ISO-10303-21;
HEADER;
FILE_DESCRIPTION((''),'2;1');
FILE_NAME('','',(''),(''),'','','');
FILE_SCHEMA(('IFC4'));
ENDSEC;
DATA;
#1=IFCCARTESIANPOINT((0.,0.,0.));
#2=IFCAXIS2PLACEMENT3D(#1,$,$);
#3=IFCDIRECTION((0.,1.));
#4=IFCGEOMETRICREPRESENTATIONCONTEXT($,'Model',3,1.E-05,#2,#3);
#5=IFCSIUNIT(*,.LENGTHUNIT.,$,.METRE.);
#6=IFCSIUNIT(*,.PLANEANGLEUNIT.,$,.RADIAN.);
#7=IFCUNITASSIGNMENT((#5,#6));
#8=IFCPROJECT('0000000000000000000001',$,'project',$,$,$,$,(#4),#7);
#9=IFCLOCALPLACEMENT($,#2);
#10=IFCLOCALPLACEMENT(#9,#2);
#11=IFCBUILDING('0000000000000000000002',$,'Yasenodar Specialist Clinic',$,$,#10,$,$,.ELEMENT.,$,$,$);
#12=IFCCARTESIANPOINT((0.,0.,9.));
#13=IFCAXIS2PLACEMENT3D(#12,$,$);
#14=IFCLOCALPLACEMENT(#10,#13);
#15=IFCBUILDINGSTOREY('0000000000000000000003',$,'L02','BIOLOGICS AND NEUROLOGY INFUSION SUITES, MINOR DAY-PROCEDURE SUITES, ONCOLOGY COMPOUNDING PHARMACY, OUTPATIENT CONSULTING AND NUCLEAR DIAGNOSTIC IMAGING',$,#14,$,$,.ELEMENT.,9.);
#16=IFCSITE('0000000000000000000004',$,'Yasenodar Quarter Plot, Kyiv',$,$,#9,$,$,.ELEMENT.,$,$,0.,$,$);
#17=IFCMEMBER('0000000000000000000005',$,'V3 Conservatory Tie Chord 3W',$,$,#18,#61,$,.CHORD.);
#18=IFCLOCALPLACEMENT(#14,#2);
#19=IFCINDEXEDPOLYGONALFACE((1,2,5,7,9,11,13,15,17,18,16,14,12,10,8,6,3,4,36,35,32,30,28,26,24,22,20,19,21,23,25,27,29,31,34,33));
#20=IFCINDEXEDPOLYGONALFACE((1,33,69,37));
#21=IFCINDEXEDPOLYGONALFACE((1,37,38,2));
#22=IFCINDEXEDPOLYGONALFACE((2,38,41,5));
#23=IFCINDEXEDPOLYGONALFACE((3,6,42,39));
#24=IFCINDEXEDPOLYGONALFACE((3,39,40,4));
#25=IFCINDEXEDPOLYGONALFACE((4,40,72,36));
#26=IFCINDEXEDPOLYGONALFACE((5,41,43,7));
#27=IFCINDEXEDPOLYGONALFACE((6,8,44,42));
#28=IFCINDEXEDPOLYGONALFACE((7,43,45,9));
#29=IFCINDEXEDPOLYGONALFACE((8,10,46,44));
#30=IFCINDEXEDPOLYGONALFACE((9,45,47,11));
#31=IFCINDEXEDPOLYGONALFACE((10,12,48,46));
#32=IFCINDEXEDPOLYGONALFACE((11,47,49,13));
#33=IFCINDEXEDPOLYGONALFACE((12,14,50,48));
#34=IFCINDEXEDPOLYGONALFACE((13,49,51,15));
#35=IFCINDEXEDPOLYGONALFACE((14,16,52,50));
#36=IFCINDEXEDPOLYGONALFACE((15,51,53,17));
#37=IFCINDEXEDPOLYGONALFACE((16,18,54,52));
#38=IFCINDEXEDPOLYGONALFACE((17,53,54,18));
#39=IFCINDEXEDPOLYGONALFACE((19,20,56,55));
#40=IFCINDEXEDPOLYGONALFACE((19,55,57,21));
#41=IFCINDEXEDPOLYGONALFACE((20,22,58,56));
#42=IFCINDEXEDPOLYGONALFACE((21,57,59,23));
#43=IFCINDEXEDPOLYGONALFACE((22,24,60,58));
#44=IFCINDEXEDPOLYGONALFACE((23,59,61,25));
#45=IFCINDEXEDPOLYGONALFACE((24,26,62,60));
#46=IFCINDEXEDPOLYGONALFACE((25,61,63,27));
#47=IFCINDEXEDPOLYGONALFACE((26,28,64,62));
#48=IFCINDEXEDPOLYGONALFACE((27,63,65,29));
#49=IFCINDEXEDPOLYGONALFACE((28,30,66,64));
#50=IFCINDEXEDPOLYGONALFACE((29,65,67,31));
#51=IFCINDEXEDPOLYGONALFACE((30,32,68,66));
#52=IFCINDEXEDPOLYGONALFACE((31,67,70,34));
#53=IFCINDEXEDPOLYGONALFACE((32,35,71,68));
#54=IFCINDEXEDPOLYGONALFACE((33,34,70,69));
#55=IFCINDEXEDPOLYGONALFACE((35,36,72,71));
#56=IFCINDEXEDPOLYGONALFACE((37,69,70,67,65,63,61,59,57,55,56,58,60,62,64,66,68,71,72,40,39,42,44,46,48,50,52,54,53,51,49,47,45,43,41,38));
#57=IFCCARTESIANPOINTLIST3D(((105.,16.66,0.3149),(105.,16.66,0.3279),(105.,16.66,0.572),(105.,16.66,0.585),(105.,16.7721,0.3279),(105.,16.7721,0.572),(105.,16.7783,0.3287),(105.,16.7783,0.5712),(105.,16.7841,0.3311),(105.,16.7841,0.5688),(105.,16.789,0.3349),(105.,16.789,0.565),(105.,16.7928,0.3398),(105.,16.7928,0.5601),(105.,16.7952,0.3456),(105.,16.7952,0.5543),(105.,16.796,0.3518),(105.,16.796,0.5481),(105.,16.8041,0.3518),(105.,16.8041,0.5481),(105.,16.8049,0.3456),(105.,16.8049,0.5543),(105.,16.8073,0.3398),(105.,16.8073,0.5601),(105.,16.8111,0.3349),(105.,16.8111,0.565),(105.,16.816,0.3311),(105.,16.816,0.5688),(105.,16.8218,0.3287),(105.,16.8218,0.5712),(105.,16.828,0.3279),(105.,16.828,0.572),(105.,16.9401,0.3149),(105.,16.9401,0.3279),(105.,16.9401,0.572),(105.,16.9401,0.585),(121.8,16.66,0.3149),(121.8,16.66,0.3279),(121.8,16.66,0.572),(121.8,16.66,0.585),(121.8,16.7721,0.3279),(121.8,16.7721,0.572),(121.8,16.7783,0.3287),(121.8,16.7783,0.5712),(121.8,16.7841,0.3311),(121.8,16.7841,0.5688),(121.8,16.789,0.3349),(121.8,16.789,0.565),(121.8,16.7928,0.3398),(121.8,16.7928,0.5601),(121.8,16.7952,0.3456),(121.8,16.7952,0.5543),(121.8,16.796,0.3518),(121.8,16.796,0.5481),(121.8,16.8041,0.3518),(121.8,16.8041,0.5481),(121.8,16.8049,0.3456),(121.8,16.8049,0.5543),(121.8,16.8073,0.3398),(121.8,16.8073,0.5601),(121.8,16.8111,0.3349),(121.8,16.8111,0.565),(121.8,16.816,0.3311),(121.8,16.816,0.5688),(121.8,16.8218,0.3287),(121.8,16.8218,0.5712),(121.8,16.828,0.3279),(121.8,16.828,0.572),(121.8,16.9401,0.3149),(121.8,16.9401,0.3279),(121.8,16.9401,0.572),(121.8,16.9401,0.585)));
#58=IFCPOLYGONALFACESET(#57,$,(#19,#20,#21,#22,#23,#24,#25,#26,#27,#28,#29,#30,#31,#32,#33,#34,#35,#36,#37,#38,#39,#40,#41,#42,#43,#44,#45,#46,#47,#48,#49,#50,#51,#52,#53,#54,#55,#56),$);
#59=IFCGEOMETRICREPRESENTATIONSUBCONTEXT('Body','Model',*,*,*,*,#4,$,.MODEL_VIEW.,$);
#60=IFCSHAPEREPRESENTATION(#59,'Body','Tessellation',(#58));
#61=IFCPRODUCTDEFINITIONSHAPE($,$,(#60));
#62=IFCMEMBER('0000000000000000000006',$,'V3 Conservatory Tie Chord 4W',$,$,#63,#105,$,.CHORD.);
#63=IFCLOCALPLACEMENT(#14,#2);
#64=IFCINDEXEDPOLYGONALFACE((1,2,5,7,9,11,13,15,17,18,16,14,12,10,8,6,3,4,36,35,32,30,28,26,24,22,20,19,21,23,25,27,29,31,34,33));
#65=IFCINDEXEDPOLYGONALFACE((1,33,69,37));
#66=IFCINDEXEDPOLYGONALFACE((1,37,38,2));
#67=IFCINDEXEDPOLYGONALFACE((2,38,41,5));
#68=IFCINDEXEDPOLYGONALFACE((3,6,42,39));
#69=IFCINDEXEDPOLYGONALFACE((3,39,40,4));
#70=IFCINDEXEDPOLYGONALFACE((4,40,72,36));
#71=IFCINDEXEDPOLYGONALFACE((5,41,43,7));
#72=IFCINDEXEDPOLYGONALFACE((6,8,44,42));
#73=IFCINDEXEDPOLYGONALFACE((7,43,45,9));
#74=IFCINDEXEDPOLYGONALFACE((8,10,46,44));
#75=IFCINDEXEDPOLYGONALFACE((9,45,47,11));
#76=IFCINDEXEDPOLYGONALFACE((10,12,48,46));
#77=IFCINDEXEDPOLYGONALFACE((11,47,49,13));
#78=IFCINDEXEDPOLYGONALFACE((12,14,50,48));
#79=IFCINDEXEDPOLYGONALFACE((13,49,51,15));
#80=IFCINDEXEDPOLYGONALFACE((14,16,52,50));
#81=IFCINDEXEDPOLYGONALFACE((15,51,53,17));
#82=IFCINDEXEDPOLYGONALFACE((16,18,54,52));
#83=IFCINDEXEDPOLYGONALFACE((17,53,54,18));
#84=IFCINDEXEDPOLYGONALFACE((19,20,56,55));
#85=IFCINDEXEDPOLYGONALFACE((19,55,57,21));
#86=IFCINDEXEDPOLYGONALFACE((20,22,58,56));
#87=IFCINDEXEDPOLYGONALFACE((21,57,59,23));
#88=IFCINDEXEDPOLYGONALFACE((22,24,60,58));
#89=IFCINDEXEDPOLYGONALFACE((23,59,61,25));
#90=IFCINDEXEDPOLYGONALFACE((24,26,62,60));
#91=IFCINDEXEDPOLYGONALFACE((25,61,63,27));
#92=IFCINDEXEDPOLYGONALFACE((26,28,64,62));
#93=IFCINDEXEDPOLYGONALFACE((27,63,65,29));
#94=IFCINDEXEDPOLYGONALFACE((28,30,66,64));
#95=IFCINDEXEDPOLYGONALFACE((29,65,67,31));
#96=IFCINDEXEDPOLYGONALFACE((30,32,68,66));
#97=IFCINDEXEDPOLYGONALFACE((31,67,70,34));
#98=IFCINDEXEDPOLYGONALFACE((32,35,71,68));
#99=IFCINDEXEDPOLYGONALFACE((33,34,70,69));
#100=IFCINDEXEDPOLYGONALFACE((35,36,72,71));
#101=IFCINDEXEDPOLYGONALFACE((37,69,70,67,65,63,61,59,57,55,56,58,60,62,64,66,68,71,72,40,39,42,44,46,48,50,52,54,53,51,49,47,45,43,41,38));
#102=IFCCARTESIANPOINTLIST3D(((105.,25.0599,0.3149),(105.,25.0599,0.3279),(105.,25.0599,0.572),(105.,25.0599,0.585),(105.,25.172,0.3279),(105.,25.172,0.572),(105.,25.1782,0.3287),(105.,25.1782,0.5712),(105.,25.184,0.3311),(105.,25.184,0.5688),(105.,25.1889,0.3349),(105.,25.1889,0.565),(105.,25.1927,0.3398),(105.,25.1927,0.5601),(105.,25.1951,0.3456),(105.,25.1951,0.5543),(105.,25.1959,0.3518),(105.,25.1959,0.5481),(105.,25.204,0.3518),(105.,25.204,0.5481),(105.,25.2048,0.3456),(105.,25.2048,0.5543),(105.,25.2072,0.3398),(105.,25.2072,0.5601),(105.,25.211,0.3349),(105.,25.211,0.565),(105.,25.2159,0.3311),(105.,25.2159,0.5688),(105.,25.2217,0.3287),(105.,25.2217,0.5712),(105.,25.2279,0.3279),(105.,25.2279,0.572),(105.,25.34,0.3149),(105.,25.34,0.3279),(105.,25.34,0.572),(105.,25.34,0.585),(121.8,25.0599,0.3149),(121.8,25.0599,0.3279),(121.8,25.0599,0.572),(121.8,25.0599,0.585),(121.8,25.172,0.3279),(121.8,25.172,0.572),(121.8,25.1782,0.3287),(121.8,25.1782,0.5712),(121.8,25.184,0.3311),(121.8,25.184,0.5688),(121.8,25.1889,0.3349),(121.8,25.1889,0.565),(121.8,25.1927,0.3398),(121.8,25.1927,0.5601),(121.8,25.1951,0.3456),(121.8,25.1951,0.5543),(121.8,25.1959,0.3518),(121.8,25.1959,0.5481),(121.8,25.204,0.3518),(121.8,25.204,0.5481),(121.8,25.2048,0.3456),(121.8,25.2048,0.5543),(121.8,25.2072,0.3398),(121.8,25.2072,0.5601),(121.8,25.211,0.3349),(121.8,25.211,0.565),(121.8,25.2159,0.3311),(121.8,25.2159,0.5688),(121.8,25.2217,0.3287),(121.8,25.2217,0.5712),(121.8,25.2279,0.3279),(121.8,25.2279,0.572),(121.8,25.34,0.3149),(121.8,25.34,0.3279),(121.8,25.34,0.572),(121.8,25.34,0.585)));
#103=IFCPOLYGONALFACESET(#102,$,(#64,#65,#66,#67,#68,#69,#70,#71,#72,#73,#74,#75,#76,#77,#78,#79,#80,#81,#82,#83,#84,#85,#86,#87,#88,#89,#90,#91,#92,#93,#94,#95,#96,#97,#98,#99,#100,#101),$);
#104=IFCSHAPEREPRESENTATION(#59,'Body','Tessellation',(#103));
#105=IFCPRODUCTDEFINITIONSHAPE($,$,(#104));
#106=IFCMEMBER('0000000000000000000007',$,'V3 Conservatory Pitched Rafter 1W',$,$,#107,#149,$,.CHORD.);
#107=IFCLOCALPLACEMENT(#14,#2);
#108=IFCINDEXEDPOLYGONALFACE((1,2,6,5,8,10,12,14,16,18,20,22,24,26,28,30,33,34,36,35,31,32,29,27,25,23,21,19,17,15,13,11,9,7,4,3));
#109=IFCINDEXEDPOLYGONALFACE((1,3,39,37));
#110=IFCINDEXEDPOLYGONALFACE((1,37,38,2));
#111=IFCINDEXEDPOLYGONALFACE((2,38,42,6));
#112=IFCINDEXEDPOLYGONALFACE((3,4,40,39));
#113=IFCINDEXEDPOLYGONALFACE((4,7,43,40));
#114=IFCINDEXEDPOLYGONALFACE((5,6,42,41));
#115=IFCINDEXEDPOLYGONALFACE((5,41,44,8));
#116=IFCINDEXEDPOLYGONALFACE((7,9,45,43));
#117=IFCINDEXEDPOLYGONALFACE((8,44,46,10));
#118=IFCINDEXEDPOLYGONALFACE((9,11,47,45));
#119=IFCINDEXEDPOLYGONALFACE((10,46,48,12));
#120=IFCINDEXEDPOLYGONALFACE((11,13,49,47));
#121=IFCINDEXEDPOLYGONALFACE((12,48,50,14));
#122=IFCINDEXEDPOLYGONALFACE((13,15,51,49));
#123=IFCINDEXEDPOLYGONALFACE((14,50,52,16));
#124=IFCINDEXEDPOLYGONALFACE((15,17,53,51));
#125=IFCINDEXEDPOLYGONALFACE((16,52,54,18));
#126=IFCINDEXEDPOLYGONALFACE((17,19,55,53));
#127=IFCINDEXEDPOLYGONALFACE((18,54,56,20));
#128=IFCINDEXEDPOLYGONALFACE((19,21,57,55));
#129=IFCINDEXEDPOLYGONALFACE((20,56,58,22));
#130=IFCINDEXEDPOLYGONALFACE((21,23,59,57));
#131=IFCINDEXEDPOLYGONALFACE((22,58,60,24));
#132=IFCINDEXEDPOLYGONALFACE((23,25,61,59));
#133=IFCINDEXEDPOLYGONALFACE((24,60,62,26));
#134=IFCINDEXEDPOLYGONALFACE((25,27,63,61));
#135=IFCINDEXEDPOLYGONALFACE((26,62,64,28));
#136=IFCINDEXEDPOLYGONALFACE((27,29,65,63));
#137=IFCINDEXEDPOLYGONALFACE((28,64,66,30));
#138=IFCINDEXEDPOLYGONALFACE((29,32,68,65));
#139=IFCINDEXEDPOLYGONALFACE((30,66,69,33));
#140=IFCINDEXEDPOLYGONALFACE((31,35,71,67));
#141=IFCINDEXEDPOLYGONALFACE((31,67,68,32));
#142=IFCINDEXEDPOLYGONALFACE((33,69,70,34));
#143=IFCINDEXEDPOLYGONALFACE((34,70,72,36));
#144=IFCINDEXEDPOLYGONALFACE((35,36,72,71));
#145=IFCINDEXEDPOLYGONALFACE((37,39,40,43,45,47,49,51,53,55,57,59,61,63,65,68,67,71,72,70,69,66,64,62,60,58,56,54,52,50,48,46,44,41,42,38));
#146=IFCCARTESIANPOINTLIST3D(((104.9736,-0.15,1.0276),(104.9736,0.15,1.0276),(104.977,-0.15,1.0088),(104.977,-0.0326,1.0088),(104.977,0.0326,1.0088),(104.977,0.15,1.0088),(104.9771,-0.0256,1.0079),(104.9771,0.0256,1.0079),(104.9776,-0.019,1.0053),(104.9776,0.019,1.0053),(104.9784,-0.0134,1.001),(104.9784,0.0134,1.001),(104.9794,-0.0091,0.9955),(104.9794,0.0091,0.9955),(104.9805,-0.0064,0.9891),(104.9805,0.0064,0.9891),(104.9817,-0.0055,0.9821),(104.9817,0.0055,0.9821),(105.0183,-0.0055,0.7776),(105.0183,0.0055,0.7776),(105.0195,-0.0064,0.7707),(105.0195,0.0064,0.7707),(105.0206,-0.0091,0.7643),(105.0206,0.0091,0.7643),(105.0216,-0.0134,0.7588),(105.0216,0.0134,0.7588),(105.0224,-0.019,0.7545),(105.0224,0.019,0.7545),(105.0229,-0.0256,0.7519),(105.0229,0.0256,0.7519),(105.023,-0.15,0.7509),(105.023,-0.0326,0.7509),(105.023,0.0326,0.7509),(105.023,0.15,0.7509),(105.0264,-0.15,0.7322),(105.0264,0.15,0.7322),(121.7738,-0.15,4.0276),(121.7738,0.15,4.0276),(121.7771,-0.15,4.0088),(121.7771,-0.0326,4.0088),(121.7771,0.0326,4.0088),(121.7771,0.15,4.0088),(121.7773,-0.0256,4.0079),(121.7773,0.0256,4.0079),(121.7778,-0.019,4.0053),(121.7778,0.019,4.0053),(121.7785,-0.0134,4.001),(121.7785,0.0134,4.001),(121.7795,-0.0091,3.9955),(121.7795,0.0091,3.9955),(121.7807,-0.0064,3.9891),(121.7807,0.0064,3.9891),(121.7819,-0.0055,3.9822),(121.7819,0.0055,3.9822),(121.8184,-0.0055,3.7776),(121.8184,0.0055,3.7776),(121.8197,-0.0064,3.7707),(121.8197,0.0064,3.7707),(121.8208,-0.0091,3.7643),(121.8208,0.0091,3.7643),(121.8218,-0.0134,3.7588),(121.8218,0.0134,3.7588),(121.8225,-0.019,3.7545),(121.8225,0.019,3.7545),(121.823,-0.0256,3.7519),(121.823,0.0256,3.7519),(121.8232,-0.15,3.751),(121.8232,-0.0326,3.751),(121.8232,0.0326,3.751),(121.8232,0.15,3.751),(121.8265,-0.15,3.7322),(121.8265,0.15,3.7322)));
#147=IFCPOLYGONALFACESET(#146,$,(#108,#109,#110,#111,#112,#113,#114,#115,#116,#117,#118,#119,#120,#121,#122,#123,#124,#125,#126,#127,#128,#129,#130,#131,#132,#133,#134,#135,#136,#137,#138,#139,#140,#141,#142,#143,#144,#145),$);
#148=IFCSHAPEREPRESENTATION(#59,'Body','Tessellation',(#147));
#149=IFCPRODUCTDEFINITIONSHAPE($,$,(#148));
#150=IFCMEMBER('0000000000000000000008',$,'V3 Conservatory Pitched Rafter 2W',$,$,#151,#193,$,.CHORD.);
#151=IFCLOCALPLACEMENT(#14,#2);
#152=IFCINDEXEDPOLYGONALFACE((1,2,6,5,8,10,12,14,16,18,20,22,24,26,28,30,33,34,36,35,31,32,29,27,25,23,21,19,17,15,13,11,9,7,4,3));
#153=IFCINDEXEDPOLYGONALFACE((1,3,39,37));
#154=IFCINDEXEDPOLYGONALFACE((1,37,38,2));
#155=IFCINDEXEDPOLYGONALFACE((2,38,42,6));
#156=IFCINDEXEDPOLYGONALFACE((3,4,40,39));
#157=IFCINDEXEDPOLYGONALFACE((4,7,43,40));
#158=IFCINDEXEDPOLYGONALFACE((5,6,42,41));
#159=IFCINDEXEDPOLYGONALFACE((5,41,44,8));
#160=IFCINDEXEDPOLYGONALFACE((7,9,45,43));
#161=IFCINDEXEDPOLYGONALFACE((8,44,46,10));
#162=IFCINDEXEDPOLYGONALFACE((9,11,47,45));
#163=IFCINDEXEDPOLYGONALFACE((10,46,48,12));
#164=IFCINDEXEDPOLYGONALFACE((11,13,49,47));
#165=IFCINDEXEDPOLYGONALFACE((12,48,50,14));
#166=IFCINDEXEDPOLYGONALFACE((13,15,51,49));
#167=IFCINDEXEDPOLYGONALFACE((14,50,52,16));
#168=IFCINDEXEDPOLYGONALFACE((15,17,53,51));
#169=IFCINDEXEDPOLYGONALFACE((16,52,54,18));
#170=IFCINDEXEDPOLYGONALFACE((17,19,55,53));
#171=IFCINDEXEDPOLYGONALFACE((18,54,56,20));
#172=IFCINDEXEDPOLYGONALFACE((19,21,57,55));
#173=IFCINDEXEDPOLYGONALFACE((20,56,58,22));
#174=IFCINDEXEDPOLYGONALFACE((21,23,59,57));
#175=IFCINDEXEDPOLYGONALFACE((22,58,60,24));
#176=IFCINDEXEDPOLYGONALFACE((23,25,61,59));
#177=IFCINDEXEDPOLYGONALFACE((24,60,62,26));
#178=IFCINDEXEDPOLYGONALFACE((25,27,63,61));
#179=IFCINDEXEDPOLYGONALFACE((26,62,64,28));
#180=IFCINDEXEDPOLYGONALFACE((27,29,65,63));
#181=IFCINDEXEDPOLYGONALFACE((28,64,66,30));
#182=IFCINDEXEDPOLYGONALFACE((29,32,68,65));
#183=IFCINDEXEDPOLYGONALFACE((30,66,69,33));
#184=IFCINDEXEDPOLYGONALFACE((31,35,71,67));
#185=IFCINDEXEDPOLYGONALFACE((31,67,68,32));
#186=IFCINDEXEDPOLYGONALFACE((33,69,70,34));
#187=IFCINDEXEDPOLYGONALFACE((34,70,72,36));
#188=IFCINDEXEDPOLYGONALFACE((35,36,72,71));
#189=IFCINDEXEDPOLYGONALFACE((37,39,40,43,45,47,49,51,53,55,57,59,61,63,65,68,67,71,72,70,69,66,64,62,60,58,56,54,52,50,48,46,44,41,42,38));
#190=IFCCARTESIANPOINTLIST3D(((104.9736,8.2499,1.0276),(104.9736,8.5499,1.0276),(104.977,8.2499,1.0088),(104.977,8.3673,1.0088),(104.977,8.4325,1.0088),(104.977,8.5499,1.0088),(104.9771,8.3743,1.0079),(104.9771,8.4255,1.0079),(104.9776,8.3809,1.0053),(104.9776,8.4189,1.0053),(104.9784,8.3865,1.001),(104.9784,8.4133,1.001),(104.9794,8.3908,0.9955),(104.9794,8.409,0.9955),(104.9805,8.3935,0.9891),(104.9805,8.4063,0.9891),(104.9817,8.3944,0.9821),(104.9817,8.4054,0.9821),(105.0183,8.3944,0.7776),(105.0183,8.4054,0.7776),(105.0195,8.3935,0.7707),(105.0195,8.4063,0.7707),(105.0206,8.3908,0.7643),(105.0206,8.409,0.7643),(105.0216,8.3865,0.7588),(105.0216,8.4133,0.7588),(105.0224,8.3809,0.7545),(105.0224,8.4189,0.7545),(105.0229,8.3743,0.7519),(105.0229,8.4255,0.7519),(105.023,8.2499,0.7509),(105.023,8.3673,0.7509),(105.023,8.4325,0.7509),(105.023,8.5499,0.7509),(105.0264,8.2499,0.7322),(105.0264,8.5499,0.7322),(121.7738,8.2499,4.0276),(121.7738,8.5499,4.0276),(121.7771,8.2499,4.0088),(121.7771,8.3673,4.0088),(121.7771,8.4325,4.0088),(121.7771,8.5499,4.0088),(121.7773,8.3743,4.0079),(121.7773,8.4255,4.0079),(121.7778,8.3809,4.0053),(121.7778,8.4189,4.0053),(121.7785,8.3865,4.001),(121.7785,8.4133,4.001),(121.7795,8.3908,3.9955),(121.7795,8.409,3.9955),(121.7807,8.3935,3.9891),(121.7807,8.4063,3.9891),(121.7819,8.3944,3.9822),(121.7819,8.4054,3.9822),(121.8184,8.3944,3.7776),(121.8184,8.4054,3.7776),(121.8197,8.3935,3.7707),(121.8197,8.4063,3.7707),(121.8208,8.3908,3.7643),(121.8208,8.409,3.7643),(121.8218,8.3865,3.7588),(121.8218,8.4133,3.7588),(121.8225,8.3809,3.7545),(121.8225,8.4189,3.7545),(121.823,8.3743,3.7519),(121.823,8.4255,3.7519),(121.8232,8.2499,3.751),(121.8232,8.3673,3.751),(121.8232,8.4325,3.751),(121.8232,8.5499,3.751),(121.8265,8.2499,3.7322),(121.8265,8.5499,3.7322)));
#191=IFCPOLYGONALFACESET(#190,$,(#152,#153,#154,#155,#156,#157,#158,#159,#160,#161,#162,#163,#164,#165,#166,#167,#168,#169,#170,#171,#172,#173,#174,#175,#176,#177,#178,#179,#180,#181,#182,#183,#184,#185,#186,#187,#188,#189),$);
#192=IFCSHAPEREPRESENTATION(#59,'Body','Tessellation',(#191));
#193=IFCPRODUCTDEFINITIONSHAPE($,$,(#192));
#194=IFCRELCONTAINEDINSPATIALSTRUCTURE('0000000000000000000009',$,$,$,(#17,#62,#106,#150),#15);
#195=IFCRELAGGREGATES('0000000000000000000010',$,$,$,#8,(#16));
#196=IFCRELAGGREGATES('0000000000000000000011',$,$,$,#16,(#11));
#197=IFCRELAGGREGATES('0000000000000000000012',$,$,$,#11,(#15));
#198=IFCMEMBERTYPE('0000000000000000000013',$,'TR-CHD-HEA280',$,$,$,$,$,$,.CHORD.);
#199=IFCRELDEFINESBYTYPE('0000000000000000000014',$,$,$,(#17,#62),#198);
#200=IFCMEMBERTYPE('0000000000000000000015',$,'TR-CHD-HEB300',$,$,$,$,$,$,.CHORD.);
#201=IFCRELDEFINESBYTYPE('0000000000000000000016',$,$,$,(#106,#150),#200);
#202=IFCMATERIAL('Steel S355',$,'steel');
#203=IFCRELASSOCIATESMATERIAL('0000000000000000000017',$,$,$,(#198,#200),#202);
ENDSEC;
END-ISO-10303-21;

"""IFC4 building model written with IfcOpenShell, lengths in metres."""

from ifc_helpers import new_model, si_unit, direction, frame, origin, origin_2d, place, context, subcontext, project, spatial, i_section, extrude, material, material_profile, profile_set, type_object, element, save


model = new_model("IFC4")

# Units and contexts
model_context = context("Model", 3, precision=1e-05, world=origin(), true_north=direction((0.0, 1.0)))
body_context = subcontext(model_context, "Body", "Model", "MODEL_VIEW")
ifc_project = project(units=[si_unit("LENGTHUNIT", "METRE"), si_unit("PLANEANGLEUNIT", "RADIAN")], contexts=[model_context])

# Site, building, storey
site_placement = place(None, origin())
site = spatial("IfcSite", under=ifc_project, at=site_placement, Name="Yasenodar Quarter Plot, Kyiv", CompositionType="ELEMENT", RefElevation=0.0)
building_placement = place(site_placement, origin())
building = spatial("IfcBuilding", under=site, at=building_placement, Name="Yasenodar Specialist Clinic", CompositionType="ELEMENT")
storey_placement = place(building_placement, frame((0.0, 0.0, 9.0)))
storey = spatial("IfcBuildingStorey", under=building, at=storey_placement, Name="L02", Description="BIOLOGICS AND NEUROLOGY INFUSION SUITES, MINOR DAY-PROCEDURE SUITES, ONCOLOGY COMPOUNDING PHARMACY, OUTPATIENT CONSULTING AND NUCLEAR DIAGNOSTIC IMAGING", CompositionType="ELEMENT", Elevation=9.0)

# Shared definitions
ifc_material_1 = material(Name="Steel S355", Category="steel")

# Members
ifc_material_profile_1 = material_profile(ifc_material_1, i_section(OverallWidth=0.28, OverallDepth=0.27, WebThickness=0.0081, FlangeThickness=0.0129, FilletRadius=0.0239, at=origin_2d()), Name="HEA 280")
ifc_profile_set_1 = profile_set([ifc_material_profile_1], Name="Steel S355")
member_type_1 = type_object("IfcMemberType", Name="TR-CHD-HEA280", PredefinedType="CHORD", material=ifc_profile_set_1)
for number, where, z_axis, x_axis, name in (
    (1, (105.0, 16.8, 0.45), (1.0, 0.0, 0.0), (0.0, 1.0, 0.0), "V3 Conservatory Tie Chord 3W"),
    (2, (105.0, 25.2, 0.45), (1.0, 0.0, 0.0), (0.0, 1.0, 0.0), "V3 Conservatory Tie Chord 4W"),
):
    element("IfcMember", number, at=place(storey_placement, frame(where, z_axis=z_axis, x_axis=x_axis)), inside=storey, type_object=member_type_1, Name=name, PredefinedType="CHORD", context=body_context, shape_type="SweptSolid", body=[
        extrude(i_section(OverallWidth=0.28, OverallDepth=0.27, WebThickness=0.0081, FlangeThickness=0.0129, FilletRadius=0.0239, at=origin_2d()), origin(), (0.0, 0.0, 1.0), 16.8),
    ])
ifc_material_profile_2 = material_profile(ifc_material_1, i_section(OverallWidth=0.3, OverallDepth=0.3, WebThickness=0.011, FlangeThickness=0.019, FilletRadius=0.0271, at=origin_2d()), Name="HEB 300")
ifc_profile_set_2 = profile_set([ifc_material_profile_2], Name="Steel S355")
member_type_2 = type_object("IfcMemberType", Name="TR-CHD-HEB300", PredefinedType="CHORD", material=ifc_profile_set_2)
for number, where, z_axis, x_axis, name in (
    (3, (105.0, 0.0, 0.8799), (0.984428, 0.0, 0.17579), (0.0, 1.0, 0.0), "V3 Conservatory Pitched Rafter 1W"),
    (4, (105.0, 8.3999, 0.8799), (0.984428, 0.0, 0.17579), (0.0, 1.0, 0.0), "V3 Conservatory Pitched Rafter 2W"),
):
    element("IfcMember", number, at=place(storey_placement, frame(where, z_axis=z_axis, x_axis=x_axis)), inside=storey, type_object=member_type_2, Name=name, PredefinedType="CHORD", context=body_context, shape_type="SweptSolid", body=[
        extrude(i_section(OverallWidth=0.3, OverallDepth=0.3, WebThickness=0.011, FlangeThickness=0.019, FilletRadius=0.0271, at=origin_2d()), origin(), (0.0, 0.0, 1.0), 17.0659),
    ])

save(model, "model.ifc")
